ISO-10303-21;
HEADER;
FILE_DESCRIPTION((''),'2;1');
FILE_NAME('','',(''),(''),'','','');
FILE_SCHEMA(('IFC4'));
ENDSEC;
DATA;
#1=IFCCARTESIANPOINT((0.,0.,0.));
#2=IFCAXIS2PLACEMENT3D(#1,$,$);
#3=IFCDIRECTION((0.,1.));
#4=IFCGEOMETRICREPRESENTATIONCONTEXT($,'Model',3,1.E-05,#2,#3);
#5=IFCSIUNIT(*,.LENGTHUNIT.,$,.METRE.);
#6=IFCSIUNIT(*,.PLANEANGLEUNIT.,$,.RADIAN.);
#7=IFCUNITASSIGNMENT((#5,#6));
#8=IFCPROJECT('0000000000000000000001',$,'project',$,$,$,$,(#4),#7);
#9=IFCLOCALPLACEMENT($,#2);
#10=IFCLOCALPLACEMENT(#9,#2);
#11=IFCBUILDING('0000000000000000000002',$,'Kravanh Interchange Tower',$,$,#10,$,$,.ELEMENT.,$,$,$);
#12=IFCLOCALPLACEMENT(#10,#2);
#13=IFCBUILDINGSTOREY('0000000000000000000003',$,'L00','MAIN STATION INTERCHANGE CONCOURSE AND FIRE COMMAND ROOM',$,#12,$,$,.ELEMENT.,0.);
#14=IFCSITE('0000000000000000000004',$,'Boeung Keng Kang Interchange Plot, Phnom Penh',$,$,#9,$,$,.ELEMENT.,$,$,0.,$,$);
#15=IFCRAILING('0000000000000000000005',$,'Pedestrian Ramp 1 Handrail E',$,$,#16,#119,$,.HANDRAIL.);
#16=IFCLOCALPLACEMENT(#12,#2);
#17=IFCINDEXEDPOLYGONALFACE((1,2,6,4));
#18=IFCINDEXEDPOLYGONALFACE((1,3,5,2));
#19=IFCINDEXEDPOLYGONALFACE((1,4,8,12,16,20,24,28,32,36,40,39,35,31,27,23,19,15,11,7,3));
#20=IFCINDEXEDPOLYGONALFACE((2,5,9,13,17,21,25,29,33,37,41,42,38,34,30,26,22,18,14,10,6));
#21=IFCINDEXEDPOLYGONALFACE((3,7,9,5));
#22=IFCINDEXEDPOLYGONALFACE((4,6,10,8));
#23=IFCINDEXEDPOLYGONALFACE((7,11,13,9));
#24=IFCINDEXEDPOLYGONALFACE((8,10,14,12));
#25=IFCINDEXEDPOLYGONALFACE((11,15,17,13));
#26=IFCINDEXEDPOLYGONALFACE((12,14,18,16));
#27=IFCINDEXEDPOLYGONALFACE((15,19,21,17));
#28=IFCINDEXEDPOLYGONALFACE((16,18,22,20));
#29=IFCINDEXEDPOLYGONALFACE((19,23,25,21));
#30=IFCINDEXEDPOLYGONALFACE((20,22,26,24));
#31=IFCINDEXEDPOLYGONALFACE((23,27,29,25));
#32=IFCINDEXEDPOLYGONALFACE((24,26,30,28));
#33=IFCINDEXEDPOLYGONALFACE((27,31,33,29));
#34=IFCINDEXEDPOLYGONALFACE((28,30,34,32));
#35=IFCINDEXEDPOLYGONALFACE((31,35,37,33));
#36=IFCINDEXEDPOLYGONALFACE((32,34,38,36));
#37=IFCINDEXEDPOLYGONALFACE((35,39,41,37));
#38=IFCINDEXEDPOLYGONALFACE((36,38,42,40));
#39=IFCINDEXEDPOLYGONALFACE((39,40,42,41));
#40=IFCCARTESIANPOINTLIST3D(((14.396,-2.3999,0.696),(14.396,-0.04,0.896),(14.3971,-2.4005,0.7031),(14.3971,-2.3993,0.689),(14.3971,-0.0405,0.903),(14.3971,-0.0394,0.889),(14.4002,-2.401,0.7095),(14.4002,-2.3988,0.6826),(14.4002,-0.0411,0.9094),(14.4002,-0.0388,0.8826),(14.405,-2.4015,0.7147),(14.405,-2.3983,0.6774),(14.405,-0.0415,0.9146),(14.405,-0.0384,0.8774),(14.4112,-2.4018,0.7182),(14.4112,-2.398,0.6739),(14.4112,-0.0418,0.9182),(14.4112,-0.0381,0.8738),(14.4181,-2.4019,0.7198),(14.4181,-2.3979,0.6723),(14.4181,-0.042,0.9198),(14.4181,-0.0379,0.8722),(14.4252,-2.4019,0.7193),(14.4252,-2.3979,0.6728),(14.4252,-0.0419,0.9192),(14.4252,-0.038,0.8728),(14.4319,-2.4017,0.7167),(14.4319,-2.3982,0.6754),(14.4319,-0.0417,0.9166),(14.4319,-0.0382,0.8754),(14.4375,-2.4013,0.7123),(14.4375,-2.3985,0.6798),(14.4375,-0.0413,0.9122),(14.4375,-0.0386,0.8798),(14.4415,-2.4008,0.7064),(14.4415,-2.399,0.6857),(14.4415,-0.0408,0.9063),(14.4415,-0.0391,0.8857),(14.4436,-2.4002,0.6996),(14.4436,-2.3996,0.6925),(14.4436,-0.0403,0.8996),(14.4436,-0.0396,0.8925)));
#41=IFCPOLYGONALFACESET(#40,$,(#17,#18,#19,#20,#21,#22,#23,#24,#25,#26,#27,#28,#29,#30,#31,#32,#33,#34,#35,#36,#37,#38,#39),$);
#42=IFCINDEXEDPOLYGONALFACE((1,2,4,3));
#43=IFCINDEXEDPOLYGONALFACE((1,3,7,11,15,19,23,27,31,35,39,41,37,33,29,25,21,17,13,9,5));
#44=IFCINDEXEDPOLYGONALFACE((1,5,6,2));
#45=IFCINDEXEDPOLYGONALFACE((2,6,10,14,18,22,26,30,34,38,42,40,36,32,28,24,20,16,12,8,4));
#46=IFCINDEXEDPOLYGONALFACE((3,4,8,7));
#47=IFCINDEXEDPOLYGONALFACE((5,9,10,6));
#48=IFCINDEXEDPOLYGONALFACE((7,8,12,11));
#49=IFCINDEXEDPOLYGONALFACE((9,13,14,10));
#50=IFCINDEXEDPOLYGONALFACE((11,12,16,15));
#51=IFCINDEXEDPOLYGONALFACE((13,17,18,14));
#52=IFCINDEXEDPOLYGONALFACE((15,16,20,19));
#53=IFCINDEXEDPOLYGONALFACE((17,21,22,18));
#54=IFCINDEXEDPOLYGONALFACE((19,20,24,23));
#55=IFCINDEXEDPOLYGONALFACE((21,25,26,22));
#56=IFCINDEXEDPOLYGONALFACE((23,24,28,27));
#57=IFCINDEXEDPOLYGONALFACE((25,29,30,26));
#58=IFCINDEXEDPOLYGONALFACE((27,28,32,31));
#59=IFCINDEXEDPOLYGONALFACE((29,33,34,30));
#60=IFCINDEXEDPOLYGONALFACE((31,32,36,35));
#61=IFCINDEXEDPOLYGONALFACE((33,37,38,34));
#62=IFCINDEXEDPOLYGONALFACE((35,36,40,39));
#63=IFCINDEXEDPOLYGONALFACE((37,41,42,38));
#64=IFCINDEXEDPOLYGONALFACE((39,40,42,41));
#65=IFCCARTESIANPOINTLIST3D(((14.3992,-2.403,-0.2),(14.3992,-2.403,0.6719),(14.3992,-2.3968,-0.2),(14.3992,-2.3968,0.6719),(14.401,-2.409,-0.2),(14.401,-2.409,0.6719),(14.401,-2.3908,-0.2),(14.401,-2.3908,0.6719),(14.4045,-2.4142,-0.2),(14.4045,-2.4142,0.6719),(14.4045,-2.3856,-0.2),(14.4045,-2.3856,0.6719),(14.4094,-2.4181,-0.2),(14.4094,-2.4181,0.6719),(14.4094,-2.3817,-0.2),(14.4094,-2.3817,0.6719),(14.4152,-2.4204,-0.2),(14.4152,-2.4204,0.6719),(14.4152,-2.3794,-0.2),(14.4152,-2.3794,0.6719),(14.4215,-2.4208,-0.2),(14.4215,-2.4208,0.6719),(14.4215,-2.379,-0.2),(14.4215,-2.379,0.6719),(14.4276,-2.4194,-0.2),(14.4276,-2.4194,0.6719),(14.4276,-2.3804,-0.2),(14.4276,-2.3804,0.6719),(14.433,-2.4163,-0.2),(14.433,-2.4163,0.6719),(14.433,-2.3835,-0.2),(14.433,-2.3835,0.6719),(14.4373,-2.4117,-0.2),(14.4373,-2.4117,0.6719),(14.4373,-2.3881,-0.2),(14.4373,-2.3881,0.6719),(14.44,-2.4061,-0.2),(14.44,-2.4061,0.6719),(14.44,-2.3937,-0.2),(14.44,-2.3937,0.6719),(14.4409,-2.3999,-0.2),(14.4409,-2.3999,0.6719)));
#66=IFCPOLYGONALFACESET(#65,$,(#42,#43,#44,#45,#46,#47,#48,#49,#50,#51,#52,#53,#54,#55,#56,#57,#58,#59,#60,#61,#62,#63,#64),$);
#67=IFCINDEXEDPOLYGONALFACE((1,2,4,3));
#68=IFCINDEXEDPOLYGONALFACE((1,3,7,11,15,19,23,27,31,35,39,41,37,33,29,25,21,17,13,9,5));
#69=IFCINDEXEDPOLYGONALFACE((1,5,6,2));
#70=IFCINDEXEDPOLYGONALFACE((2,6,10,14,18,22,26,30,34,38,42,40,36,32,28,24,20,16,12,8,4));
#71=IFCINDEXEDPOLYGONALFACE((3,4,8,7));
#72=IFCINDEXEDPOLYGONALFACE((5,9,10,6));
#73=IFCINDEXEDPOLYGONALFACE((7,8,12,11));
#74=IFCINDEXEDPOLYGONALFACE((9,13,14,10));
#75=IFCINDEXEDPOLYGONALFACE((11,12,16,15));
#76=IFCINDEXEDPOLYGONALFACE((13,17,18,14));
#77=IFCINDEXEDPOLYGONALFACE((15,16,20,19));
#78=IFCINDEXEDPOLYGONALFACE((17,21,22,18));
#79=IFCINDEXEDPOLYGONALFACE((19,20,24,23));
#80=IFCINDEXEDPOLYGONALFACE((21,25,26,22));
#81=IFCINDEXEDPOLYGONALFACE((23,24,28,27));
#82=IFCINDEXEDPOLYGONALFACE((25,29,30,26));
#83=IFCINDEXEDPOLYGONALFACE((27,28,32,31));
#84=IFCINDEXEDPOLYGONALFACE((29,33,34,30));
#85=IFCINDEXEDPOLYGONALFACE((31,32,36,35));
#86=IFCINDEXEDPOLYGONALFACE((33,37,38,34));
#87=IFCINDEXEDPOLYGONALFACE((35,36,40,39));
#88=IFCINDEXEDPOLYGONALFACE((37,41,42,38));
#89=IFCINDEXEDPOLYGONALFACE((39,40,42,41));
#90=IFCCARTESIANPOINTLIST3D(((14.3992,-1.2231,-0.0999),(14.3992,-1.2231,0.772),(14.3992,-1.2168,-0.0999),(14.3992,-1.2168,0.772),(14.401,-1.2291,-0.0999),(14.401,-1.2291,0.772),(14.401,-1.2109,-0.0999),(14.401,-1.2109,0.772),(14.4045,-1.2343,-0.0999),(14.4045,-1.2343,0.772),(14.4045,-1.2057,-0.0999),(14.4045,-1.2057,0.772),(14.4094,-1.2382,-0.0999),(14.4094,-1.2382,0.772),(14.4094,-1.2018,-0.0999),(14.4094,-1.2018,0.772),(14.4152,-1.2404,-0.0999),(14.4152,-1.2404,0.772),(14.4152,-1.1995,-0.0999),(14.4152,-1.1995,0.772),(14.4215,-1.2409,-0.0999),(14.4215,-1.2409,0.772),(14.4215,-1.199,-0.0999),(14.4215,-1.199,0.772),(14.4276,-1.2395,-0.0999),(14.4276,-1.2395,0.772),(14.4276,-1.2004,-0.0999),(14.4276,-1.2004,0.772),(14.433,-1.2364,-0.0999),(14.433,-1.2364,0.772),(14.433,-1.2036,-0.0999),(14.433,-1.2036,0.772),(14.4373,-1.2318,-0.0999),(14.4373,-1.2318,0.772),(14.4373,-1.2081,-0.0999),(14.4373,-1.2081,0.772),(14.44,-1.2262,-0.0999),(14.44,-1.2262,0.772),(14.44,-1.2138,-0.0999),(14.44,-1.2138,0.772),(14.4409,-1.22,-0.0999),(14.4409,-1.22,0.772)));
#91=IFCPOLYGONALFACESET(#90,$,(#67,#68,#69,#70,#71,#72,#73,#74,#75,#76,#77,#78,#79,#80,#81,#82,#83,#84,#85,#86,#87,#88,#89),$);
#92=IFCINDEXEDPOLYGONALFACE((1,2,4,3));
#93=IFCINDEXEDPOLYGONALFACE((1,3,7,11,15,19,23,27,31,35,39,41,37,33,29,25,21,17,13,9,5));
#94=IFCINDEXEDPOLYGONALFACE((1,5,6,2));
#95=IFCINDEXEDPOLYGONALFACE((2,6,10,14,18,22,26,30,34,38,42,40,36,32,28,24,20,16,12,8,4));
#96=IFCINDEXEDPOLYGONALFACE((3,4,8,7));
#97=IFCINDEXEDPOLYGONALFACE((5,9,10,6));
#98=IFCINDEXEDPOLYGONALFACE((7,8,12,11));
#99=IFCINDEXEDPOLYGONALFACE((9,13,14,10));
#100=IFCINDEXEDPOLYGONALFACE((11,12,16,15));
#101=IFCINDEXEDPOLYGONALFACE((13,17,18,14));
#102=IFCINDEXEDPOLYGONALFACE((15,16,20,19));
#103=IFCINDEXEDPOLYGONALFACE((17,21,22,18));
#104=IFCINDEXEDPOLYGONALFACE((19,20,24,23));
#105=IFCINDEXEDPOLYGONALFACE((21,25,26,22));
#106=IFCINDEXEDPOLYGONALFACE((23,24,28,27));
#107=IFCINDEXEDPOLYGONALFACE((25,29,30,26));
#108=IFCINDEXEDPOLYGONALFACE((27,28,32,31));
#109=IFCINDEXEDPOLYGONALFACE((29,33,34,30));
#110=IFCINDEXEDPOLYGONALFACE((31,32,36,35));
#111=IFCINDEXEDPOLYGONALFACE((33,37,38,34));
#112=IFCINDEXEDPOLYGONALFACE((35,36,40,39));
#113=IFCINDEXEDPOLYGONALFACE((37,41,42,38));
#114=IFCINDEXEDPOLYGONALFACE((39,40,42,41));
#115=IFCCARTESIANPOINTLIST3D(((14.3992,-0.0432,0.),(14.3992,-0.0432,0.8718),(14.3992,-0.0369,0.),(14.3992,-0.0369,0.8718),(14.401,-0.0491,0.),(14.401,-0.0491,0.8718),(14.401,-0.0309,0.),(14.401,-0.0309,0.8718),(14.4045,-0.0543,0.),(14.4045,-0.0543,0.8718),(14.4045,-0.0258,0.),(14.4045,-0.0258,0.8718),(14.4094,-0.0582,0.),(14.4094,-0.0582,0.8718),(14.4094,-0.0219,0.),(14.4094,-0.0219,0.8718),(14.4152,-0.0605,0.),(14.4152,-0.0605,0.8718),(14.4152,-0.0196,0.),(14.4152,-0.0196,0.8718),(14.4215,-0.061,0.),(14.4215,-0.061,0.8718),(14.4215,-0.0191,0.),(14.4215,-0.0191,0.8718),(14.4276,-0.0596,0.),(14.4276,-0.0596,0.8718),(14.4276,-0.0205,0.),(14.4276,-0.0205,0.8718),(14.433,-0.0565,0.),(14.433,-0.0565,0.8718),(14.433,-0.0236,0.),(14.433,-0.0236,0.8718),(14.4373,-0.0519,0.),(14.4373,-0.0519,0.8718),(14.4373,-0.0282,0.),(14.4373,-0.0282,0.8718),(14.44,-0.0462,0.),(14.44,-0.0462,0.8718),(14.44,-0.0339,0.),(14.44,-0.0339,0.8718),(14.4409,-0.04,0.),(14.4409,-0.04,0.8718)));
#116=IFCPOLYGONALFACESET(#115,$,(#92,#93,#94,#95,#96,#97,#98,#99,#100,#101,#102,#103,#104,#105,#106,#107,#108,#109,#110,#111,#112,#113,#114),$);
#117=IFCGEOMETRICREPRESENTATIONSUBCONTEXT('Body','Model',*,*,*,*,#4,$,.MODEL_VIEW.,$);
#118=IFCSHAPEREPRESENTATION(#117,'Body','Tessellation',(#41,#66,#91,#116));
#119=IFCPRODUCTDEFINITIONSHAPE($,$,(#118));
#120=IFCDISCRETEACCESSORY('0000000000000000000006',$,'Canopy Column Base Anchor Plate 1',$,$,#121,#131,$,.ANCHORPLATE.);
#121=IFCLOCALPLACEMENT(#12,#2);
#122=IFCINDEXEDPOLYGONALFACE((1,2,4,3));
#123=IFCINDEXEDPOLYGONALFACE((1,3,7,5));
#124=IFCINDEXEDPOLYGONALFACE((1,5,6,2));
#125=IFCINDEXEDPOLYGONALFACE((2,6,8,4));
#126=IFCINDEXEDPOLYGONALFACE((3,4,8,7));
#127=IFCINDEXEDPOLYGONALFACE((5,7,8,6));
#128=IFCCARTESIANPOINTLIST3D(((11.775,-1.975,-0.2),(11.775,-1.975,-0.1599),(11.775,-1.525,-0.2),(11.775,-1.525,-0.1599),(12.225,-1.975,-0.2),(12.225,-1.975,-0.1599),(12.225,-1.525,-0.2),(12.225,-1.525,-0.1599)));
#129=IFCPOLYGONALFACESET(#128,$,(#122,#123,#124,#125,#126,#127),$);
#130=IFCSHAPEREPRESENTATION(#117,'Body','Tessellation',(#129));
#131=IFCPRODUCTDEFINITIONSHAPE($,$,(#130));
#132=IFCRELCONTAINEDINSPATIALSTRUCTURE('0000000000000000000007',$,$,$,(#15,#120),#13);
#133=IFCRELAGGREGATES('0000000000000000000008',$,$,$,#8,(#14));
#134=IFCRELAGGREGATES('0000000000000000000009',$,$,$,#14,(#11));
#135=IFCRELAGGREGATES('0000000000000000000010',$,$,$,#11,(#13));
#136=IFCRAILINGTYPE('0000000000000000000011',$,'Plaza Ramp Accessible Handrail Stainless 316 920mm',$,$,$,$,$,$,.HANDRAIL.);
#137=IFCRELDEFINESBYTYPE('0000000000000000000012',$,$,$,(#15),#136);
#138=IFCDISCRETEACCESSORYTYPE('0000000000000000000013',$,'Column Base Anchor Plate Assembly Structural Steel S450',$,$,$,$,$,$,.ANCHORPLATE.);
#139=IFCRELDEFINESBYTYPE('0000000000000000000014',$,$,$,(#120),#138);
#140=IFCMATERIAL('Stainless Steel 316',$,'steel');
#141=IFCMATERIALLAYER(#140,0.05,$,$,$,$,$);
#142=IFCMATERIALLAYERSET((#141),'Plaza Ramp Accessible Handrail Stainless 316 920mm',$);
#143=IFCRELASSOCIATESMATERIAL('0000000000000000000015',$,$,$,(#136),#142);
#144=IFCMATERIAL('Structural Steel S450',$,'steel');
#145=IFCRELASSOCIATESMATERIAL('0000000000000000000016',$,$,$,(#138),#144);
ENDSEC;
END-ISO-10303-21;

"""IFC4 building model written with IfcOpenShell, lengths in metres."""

from ifc_helpers import new_model, si_unit, direction, frame, origin, origin_2d, place, context, subcontext, project, spatial, rectangle, circle, extrude, material, layer, layer_set, type_object, element, save


model = new_model("IFC4")

# Units and contexts
model_context = context("Model", 3, precision=1e-05, world=origin(), true_north=direction((0.0, 1.0)))
body_context = subcontext(model_context, "Body", "Model", "MODEL_VIEW")
ifc_project = project(units=[si_unit("LENGTHUNIT", "METRE"), si_unit("PLANEANGLEUNIT", "RADIAN")], contexts=[model_context])

# Site, building, storey
site_placement = place(None, origin())
site = spatial("IfcSite", under=ifc_project, at=site_placement, Name="Boeung Keng Kang Interchange Plot, Phnom Penh", CompositionType="ELEMENT", RefElevation=0.0)
building_placement = place(site_placement, origin())
building = spatial("IfcBuilding", under=site, at=building_placement, Name="Kravanh Interchange Tower", CompositionType="ELEMENT")
storey_placement = place(building_placement, origin())
storey = spatial("IfcBuildingStorey", under=building, at=storey_placement, Name="L00", Description="MAIN STATION INTERCHANGE CONCOURSE AND FIRE COMMAND ROOM", CompositionType="ELEMENT", Elevation=0.0)

# Railing
ifc_material_1 = material(Name="Stainless Steel 316", Category="steel")
ifc_layer_1 = layer(ifc_material_1, 0.05)
ifc_layer_set_1 = layer_set([ifc_layer_1], Name="Plaza Ramp Accessible Handrail Stainless 316 920mm")
railing_type = type_object("IfcRailingType", Name="Plaza Ramp Accessible Handrail Stainless 316 920mm", PredefinedType="HANDRAIL", material=ifc_layer_set_1)
for number, where, name in (
    (1, (14.4199, -2.3999, -0.2), "Pedestrian Ramp 1 Handrail E"),
):
    element("IfcRailing", number, at=place(storey_placement, frame(where)), inside=storey, type_object=railing_type, Name=name, PredefinedType="HANDRAIL", context=body_context, shape_type="SweptSolid", body=[
        extrude(circle(Radius=0.0239, at=origin_2d()), frame((0.0, 0.0, 0.896), z_axis=(0.0, 0.99643, 0.084427), x_axis=(-1.0, 0.0, 0.0)), (0.0, 0.0, 1.0), 2.3684),
        extrude(circle(Radius=0.021, at=origin_2d()), origin(), (0.0, 0.0, 1.0), 0.8718),
        extrude(circle(Radius=0.021, at=origin_2d()), frame((0.0, 1.1799, 0.1001)), (0.0, 0.0, 1.0), 0.8718),
        extrude(circle(Radius=0.021, at=origin_2d()), frame((0.0, 2.3599, 0.2)), (0.0, 0.0, 1.0), 0.8718),
    ])

# Discrete accessory
ifc_material_2 = material(Name="Structural Steel S450", Category="steel")
discrete_accessory_type = type_object("IfcDiscreteAccessoryType", Name="Column Base Anchor Plate Assembly Structural Steel S450", PredefinedType="ANCHORPLATE", material=ifc_material_2)
discrete_accessory_placement = place(storey_placement, frame((12.0, -1.75, -0.2), z_axis=(0.0, 0.0, 1.0), x_axis=(1.0, 0.0, 0.0)))
element("IfcDiscreteAccessory", 2, at=discrete_accessory_placement, inside=storey, type_object=discrete_accessory_type, Name="Canopy Column Base Anchor Plate 1", PredefinedType="ANCHORPLATE", context=body_context, shape_type="SweptSolid", body=[
    extrude(rectangle(XDim=0.45, YDim=0.45, at=origin_2d()), origin(), (0.0, 0.0, 1.0), 0.04),
])

save(model, "model.ifc")
